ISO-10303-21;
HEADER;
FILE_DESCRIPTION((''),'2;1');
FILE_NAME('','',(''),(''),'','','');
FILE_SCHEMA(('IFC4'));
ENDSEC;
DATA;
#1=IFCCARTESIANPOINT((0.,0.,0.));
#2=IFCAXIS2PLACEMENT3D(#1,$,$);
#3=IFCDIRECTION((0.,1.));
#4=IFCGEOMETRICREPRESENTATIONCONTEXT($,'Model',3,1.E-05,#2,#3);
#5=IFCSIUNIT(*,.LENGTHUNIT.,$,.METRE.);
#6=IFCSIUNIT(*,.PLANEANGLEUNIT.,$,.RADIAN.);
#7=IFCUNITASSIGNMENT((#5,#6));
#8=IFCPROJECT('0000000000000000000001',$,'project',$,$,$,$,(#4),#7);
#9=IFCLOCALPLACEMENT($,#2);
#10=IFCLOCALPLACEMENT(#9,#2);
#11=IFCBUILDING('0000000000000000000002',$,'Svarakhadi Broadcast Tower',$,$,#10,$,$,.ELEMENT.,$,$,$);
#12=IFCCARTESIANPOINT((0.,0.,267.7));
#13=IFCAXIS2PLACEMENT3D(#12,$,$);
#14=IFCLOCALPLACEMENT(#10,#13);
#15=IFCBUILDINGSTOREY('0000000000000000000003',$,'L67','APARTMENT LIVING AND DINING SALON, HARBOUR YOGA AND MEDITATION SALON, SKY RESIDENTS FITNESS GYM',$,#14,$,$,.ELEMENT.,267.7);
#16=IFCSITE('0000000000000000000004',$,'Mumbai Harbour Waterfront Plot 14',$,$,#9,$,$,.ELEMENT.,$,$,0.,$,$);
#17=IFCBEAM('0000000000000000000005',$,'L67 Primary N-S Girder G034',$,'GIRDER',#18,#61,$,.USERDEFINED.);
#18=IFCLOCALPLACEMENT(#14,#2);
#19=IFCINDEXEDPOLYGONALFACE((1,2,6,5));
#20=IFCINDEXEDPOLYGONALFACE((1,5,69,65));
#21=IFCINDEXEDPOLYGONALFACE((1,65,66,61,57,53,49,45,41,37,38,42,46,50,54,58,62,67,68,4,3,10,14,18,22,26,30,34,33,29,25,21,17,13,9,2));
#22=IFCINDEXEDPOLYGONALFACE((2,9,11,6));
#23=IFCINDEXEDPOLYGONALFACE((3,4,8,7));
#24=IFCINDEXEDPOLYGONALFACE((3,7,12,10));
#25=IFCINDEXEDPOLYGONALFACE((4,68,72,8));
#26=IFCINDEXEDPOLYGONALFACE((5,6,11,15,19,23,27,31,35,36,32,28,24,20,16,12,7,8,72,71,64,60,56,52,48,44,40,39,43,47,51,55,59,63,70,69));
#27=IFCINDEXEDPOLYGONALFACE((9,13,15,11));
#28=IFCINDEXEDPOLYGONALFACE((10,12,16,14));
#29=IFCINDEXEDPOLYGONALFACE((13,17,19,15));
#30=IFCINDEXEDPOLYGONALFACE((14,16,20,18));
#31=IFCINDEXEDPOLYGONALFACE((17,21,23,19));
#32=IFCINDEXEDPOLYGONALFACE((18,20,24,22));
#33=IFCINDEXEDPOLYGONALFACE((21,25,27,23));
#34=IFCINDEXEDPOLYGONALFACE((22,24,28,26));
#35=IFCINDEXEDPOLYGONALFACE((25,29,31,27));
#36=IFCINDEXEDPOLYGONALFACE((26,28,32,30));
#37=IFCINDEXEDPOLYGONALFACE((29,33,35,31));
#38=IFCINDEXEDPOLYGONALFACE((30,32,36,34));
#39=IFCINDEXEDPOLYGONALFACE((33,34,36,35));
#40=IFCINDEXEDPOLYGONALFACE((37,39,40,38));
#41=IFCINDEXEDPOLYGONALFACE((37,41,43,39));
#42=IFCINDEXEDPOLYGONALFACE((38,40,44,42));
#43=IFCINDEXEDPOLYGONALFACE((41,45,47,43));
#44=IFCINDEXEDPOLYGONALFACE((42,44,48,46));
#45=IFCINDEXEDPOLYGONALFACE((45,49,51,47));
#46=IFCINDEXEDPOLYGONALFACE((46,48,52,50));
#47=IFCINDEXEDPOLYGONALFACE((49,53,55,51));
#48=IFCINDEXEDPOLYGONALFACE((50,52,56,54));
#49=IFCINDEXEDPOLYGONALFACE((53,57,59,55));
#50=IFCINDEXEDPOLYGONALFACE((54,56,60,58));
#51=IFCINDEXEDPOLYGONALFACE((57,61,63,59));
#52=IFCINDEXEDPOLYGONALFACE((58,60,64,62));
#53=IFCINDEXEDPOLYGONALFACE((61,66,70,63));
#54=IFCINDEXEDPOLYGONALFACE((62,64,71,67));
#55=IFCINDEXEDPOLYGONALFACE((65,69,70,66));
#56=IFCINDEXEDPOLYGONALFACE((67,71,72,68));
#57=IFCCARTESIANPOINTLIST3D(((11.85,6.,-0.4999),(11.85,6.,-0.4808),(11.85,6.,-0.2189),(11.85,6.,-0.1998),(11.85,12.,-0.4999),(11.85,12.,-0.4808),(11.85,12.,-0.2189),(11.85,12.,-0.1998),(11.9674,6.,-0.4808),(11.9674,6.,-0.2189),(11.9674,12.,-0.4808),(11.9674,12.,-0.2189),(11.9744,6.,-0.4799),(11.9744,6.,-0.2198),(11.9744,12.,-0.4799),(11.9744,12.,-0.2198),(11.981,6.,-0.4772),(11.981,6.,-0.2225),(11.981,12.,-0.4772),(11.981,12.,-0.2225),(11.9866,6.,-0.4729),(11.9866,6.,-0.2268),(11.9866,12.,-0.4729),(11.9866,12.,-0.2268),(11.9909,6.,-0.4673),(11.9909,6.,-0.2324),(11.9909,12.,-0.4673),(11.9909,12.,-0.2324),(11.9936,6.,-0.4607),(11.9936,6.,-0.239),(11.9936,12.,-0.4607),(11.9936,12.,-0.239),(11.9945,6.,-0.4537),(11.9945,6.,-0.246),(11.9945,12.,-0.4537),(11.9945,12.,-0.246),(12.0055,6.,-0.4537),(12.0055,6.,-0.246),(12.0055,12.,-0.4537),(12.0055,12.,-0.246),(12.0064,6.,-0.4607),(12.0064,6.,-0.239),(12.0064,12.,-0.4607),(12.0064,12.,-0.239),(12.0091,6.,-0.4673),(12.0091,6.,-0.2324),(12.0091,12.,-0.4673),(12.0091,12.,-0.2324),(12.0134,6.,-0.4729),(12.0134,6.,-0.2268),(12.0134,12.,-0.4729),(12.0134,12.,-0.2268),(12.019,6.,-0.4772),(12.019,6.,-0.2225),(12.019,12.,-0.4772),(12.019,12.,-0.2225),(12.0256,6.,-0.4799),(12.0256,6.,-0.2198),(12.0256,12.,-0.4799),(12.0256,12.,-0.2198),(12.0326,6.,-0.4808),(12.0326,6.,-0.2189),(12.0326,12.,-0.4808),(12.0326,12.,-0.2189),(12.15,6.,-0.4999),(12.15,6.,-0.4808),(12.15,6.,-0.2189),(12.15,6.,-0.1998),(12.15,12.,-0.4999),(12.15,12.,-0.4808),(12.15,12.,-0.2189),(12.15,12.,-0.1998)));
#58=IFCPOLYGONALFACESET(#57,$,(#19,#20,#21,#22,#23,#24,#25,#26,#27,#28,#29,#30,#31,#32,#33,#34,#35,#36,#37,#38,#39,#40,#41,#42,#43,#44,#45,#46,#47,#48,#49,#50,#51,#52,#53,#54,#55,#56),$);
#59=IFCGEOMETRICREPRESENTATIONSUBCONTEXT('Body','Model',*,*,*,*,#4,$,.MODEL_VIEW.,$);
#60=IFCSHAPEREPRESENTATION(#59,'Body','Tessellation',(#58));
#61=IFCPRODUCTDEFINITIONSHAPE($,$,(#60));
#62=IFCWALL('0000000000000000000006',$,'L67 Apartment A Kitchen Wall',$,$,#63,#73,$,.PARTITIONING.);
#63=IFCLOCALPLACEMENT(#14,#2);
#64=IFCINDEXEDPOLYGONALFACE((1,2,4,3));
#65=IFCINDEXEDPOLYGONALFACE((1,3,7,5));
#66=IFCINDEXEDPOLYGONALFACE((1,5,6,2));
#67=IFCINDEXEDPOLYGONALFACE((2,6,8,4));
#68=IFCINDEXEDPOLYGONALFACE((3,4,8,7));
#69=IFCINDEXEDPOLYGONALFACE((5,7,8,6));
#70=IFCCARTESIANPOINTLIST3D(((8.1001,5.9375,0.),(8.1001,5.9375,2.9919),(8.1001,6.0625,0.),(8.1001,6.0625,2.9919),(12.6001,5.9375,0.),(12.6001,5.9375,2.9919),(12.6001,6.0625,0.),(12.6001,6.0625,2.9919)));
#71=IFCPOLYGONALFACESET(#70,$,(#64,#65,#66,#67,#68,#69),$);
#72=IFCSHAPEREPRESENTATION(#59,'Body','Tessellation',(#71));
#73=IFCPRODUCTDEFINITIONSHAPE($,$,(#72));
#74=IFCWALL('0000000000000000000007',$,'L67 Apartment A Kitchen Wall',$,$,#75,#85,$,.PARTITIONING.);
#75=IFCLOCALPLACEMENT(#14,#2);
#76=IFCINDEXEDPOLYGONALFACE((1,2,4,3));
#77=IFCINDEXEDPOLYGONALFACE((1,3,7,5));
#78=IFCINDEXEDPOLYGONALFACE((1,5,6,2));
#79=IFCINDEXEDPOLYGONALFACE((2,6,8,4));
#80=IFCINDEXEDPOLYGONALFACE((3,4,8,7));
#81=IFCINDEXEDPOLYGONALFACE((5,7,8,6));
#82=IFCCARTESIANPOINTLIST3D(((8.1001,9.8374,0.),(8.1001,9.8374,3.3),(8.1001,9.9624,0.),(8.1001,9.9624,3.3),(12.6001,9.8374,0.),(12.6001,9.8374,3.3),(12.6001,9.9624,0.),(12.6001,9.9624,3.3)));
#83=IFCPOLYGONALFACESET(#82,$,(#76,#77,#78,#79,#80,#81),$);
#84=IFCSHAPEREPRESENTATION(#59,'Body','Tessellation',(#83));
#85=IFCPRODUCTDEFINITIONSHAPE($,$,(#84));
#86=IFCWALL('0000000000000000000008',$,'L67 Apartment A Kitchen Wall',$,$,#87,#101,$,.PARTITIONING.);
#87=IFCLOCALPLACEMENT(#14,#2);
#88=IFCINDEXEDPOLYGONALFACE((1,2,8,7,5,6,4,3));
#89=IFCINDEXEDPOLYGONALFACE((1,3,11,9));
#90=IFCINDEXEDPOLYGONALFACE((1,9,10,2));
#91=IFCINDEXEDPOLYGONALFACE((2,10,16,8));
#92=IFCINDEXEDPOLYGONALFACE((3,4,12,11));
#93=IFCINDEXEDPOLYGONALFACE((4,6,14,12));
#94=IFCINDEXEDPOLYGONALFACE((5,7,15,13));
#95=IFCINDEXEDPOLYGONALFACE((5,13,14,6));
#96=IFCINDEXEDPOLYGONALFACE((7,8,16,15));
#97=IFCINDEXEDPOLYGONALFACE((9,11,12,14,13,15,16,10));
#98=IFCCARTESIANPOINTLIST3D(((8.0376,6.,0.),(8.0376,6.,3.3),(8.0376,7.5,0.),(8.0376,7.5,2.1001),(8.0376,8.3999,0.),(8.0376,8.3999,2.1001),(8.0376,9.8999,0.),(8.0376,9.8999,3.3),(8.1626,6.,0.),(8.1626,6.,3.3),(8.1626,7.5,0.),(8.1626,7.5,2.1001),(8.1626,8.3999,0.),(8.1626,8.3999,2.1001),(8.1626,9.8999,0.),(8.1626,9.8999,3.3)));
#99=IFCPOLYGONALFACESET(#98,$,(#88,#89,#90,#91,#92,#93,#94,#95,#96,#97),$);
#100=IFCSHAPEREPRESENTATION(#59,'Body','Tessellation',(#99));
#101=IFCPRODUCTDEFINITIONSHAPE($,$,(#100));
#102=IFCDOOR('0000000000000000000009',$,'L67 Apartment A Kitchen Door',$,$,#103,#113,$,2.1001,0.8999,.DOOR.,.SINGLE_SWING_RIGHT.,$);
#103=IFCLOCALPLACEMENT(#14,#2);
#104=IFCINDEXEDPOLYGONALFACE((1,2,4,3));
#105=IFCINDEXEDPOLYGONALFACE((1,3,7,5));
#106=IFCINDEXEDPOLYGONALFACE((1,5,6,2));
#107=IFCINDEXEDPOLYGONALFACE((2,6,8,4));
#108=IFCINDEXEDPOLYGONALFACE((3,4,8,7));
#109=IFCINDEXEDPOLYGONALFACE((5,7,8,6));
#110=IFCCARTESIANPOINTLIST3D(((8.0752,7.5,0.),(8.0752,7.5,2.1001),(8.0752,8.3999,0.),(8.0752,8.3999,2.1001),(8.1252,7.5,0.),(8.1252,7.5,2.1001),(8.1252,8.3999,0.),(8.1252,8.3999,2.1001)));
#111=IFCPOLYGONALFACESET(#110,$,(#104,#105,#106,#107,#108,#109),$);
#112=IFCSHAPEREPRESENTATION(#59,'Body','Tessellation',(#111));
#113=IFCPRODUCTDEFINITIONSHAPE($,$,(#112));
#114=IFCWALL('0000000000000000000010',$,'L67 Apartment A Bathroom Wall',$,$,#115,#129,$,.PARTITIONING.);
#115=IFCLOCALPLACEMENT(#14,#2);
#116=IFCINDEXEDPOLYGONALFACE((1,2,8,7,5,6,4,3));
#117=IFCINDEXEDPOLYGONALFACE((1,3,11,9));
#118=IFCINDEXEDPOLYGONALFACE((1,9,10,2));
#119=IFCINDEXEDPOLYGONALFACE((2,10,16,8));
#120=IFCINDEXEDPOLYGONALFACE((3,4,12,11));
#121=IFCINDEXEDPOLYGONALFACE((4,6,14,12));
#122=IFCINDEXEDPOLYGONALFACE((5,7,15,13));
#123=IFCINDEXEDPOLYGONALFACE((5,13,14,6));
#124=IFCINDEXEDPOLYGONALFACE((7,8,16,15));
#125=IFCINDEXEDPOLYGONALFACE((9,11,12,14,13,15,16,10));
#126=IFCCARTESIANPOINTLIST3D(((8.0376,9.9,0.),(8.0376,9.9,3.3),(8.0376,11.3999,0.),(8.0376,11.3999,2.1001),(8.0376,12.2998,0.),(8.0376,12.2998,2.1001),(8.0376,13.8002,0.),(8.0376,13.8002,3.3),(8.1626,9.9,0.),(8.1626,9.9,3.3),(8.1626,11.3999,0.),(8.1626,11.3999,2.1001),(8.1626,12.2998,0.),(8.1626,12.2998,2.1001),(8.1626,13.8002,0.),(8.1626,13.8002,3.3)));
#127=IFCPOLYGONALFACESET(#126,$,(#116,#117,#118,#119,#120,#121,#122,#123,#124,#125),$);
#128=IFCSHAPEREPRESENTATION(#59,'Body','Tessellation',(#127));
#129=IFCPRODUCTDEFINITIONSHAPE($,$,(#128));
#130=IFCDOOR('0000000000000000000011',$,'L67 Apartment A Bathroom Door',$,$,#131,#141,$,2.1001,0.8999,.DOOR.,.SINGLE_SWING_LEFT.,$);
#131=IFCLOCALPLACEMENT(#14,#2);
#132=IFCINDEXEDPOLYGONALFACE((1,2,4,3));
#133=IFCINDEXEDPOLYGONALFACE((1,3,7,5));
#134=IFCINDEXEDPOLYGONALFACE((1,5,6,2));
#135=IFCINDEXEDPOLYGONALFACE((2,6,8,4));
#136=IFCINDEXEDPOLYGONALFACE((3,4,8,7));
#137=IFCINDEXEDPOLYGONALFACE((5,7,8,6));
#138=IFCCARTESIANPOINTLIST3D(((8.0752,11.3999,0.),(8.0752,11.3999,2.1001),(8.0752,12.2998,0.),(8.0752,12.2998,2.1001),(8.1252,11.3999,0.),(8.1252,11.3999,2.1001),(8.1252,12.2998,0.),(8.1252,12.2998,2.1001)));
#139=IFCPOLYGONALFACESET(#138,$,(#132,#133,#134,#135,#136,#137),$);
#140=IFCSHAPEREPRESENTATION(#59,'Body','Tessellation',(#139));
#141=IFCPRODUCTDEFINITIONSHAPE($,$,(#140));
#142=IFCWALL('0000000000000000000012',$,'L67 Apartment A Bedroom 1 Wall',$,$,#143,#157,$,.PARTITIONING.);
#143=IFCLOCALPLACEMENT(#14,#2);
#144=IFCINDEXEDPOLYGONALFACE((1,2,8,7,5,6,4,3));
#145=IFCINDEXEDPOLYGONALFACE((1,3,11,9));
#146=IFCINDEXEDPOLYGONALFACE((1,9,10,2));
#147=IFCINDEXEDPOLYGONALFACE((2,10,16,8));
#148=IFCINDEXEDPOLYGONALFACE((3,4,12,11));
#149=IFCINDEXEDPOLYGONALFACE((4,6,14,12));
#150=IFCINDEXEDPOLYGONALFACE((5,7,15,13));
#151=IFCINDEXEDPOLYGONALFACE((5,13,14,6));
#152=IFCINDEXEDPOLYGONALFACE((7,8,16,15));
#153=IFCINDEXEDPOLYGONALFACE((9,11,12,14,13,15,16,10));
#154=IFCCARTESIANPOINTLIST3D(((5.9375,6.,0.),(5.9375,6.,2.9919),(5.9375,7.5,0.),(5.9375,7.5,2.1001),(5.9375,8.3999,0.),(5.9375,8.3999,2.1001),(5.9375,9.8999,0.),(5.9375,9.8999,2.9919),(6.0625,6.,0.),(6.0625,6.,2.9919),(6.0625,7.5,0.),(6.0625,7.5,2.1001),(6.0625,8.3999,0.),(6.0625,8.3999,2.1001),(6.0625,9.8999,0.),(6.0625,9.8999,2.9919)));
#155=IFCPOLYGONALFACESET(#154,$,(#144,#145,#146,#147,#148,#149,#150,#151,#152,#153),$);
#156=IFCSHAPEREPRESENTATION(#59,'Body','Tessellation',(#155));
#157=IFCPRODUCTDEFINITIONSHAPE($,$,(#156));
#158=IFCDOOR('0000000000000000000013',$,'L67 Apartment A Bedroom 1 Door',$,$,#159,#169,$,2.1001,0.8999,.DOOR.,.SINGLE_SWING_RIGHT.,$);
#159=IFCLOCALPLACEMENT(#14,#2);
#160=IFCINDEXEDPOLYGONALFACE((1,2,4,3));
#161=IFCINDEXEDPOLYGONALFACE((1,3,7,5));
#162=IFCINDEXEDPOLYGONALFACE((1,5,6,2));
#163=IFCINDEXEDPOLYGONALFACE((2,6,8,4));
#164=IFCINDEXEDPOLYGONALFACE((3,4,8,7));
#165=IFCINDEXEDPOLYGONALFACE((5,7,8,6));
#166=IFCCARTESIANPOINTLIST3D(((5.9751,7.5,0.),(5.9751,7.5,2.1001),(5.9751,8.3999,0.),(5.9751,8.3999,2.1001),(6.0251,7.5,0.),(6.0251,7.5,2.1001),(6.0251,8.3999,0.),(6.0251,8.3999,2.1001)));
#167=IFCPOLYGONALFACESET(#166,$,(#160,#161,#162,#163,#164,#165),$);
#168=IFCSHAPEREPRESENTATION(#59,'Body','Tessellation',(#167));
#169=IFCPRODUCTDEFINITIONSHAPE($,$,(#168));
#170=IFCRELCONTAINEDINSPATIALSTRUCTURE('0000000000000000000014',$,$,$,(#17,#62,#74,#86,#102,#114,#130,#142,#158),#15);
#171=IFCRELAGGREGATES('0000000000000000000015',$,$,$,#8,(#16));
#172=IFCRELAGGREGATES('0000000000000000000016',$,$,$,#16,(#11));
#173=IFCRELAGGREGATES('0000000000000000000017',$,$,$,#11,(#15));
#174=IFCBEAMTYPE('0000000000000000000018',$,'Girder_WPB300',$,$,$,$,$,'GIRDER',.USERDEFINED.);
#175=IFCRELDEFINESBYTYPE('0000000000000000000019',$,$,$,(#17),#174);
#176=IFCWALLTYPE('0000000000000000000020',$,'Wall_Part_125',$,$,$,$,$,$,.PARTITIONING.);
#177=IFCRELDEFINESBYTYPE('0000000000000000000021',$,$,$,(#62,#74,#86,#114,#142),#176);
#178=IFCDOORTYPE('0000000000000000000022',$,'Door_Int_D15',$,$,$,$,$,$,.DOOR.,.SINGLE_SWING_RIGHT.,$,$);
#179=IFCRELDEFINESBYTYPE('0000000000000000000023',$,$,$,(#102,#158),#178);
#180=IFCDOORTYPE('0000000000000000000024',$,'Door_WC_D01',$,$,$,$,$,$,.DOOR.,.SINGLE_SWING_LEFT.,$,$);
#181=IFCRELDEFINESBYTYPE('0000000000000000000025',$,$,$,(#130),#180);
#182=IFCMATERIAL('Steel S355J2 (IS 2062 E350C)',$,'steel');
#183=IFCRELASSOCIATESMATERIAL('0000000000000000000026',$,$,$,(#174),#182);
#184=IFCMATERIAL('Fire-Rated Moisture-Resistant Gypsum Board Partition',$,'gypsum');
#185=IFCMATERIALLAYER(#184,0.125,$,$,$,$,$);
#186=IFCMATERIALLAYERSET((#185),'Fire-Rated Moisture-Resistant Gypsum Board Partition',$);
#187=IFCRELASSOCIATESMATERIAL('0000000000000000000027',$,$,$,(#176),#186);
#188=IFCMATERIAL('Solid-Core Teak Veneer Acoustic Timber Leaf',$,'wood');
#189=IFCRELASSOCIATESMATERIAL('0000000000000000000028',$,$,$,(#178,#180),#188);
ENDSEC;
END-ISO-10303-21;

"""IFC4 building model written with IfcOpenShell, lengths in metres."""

from ifc_helpers import new_model, si_unit, direction, frame, frame_2d, origin, origin_2d, place, context, subcontext, project, spatial, rectangle, i_section, extrude, material, layer, layer_set, material_profile, profile_set, type_object, element, fill, save


model = new_model("IFC4")

# Units and contexts
model_context = context("Model", 3, precision=1e-05, world=origin(), true_north=direction((0.0, 1.0)))
body_context = subcontext(model_context, "Body", "Model", "MODEL_VIEW")
ifc_project = project(units=[si_unit("LENGTHUNIT", "METRE"), si_unit("PLANEANGLEUNIT", "RADIAN")], contexts=[model_context])

# Site, building, storey
site_placement = place(None, origin())
site = spatial("IfcSite", under=ifc_project, at=site_placement, Name="Mumbai Harbour Waterfront Plot 14", CompositionType="ELEMENT", RefElevation=0.0)
building_placement = place(site_placement, origin())
building = spatial("IfcBuilding", under=site, at=building_placement, Name="Svarakhadi Broadcast Tower", CompositionType="ELEMENT")
storey_placement = place(building_placement, frame((0.0, 0.0, 267.7)))
storey = spatial("IfcBuildingStorey", under=building, at=storey_placement, Name="L67", Description="APARTMENT LIVING AND DINING SALON, HARBOUR YOGA AND MEDITATION SALON, SKY RESIDENTS FITNESS GYM", CompositionType="ELEMENT", Elevation=267.7)

# Beam
ifc_material_1 = material(Name="Steel S355J2 (IS 2062 E350C)", Category="steel")
ifc_material_profile_1 = material_profile(ifc_material_1, i_section(OverallWidth=0.3, OverallDepth=0.3, WebThickness=0.011, FlangeThickness=0.019, FilletRadius=0.0271, at=origin_2d()), Name="WPB 300x300x117")
ifc_profile_set_1 = profile_set([ifc_material_profile_1], Name="Steel S355J2 (IS 2062 E350C)")
beam_type_1 = type_object("IfcBeamType", Name="Girder_WPB300", ElementType="GIRDER", PredefinedType="USERDEFINED", material=ifc_profile_set_1)
for number, where, z_axis, x_axis, name in (
    (1, (12.0, 6.0, -0.3499), (0.0, 1.0, 0.0), (-1.0, 0.0, 0.0), "L67 Primary N-S Girder G034"),
):
    element("IfcBeam", number, at=place(storey_placement, frame(where, z_axis=z_axis, x_axis=x_axis)), inside=storey, type_object=beam_type_1, Name=name, ObjectType="GIRDER", PredefinedType="USERDEFINED", context=body_context, shape_type="SweptSolid", body=[
        extrude(i_section(OverallWidth=0.3, OverallDepth=0.3, WebThickness=0.011, FlangeThickness=0.019, FilletRadius=0.0271, at=origin_2d()), origin(), (0.0, 0.0, 1.0), 6.0),
    ])

# Walls
ifc_material_2 = material(Name="Fire-Rated Moisture-Resistant Gypsum Board Partition", Category="gypsum")
ifc_layer = layer(ifc_material_2, 0.125)
ifc_layer_set = layer_set([ifc_layer], Name="Fire-Rated Moisture-Resistant Gypsum Board Partition")
wall_type = type_object("IfcWallType", Name="Wall_Part_125", PredefinedType="PARTITIONING", material=ifc_layer_set)
wall_1_placement = place(storey_placement, frame((8.1001, 6.0, 0.0), z_axis=(0.0, 0.0, 1.0), x_axis=(1.0, 0.0, 0.0)))
element("IfcWall", 2, at=wall_1_placement, inside=storey, type_object=wall_type, Name="L67 Apartment A Kitchen Wall", PredefinedType="PARTITIONING", context=body_context, shape_type="SweptSolid", body=[
    extrude(rectangle(XDim=4.5, YDim=0.125, at=frame_2d((2.25, 0.0))), origin(), (0.0, 0.0, 1.0), 2.9919),
])
wall_2_placement = place(storey_placement, frame((8.1001, 9.8999, 0.0), z_axis=(0.0, 0.0, 1.0), x_axis=(1.0, 0.0, 0.0)))
element("IfcWall", 3, at=wall_2_placement, inside=storey, type_object=wall_type, Name="L67 Apartment A Kitchen Wall", PredefinedType="PARTITIONING", context=body_context, shape_type="SweptSolid", body=[
    extrude(rectangle(XDim=4.5, YDim=0.125, at=frame_2d((2.25, 0.0))), origin(), (0.0, 0.0, 1.0), 3.3),
])

# Walls, openings, doors
wall_3_placement = place(storey_placement, frame((8.1001, 6.0, 0.0), z_axis=(0.0, 0.0, 1.0), x_axis=(0.0, 1.0, 0.0)))
wall_3 = element("IfcWall", 4, at=wall_3_placement, inside=storey, type_object=wall_type, Name="L67 Apartment A Kitchen Wall", PredefinedType="PARTITIONING", context=body_context, shape_type="SweptSolid", body=[
    extrude(rectangle(XDim=3.8999, YDim=0.125, at=frame_2d((1.95, 0.0))), origin(), (0.0, 0.0, 1.0), 3.3),
])
opening_1_placement = place(wall_3_placement, frame((1.5, 0.0, 0.0)))
opening_1 = element("IfcOpeningElement", 5, at=opening_1_placement, cuts=wall_3, PredefinedType="OPENING", context=body_context, shape_type="SweptSolid", body=[
    extrude(rectangle(XDim=0.8999, YDim=2.1001, at=frame_2d((0.45, 1.05))), frame((0.0, 0.0725, 0.0), z_axis=(0.0, -1.0, 0.0), x_axis=(1.0, 0.0, 0.0)), (0.0, 0.0, 1.0), 0.145),
])
ifc_material_3 = material(Name="Solid-Core Teak Veneer Acoustic Timber Leaf", Category="wood")
door_type_1 = type_object("IfcDoorType", Name="Door_Int_D15", OperationType="SINGLE_SWING_RIGHT", PredefinedType="DOOR", material=ifc_material_3)
door_1_placement = place(opening_1_placement, origin())
door_1 = element("IfcDoor", 6, at=door_1_placement, inside=storey, type_object=door_type_1, Name="L67 Apartment A Kitchen Door", OperationType="SINGLE_SWING_RIGHT", OverallHeight=2.1001, OverallWidth=0.8999, PredefinedType="DOOR", context=body_context, shape_type="SweptSolid", body=[
    extrude(rectangle(XDim=0.8999, YDim=2.1001, at=frame_2d((0.45, 1.05))), frame((0.0, 0.0249, 0.0), z_axis=(0.0, -1.0, 0.0), x_axis=(1.0, 0.0, 0.0)), (0.0, 0.0, 1.0), 0.05),
])
fill(opening_1, door_1)
wall_4_placement = place(storey_placement, frame((8.1001, 9.8999, 0.0), z_axis=(0.0, 0.0, 1.0), x_axis=(0.0, 1.0, 0.0)))
wall_4 = element("IfcWall", 7, at=wall_4_placement, inside=storey, type_object=wall_type, Name="L67 Apartment A Bathroom Wall", PredefinedType="PARTITIONING", context=body_context, shape_type="SweptSolid", body=[
    extrude(rectangle(XDim=3.9001, YDim=0.125, at=frame_2d((1.9502, 0.0))), origin(), (0.0, 0.0, 1.0), 3.3),
])
opening_2_placement = place(wall_4_placement, frame((1.5, 0.0, 0.0)))
opening_2 = element("IfcOpeningElement", 8, at=opening_2_placement, cuts=wall_4, PredefinedType="OPENING", context=body_context, shape_type="SweptSolid", body=[
    extrude(rectangle(XDim=0.8999, YDim=2.1001, at=frame_2d((0.45, 1.05))), frame((0.0, 0.0725, 0.0), z_axis=(0.0, -1.0, 0.0), x_axis=(1.0, 0.0, 0.0)), (0.0, 0.0, 1.0), 0.145),
])
door_type_2 = type_object("IfcDoorType", Name="Door_WC_D01", OperationType="SINGLE_SWING_LEFT", PredefinedType="DOOR", material=ifc_material_3)
door_2_placement = place(opening_2_placement, origin())
door_2 = element("IfcDoor", 9, at=door_2_placement, inside=storey, type_object=door_type_2, Name="L67 Apartment A Bathroom Door", OperationType="SINGLE_SWING_LEFT", OverallHeight=2.1001, OverallWidth=0.8999, PredefinedType="DOOR", context=body_context, shape_type="SweptSolid", body=[
    extrude(rectangle(XDim=0.8999, YDim=2.1001, at=frame_2d((0.45, 1.05))), frame((0.0, 0.0249, 0.0), z_axis=(0.0, -1.0, 0.0), x_axis=(1.0, 0.0, 0.0)), (0.0, 0.0, 1.0), 0.05),
])
fill(opening_2, door_2)
wall_5_placement = place(storey_placement, frame((6.0, 6.0, 0.0), z_axis=(0.0, 0.0, 1.0), x_axis=(0.0, 1.0, 0.0)))
wall_5 = element("IfcWall", 10, at=wall_5_placement, inside=storey, type_object=wall_type, Name="L67 Apartment A Bedroom 1 Wall", PredefinedType="PARTITIONING", context=body_context, shape_type="SweptSolid", body=[
    extrude(rectangle(XDim=3.8999, YDim=0.125, at=frame_2d((1.95, 0.0))), origin(), (0.0, 0.0, 1.0), 2.9919),
])
opening_3_placement = place(wall_5_placement, frame((1.5, 0.0, 0.0)))
opening_3 = element("IfcOpeningElement", 11, at=opening_3_placement, cuts=wall_5, PredefinedType="OPENING", context=body_context, shape_type="SweptSolid", body=[
    extrude(rectangle(XDim=0.8999, YDim=2.1001, at=frame_2d((0.45, 1.05))), frame((0.0, 0.0725, 0.0), z_axis=(0.0, -1.0, 0.0), x_axis=(1.0, 0.0, 0.0)), (0.0, 0.0, 1.0), 0.145),
])
door_3_placement = place(opening_3_placement, origin())
door_3 = element("IfcDoor", 12, at=door_3_placement, inside=storey, type_object=door_type_1, Name="L67 Apartment A Bedroom 1 Door", OperationType="SINGLE_SWING_RIGHT", OverallHeight=2.1001, OverallWidth=0.8999, PredefinedType="DOOR", context=body_context, shape_type="SweptSolid", body=[
    extrude(rectangle(XDim=0.8999, YDim=2.1001, at=frame_2d((0.45, 1.05))), frame((0.0, 0.0249, 0.0), z_axis=(0.0, -1.0, 0.0), x_axis=(1.0, 0.0, 0.0)), (0.0, 0.0, 1.0), 0.05),
])
fill(opening_3, door_3)

save(model, "model.ifc")
